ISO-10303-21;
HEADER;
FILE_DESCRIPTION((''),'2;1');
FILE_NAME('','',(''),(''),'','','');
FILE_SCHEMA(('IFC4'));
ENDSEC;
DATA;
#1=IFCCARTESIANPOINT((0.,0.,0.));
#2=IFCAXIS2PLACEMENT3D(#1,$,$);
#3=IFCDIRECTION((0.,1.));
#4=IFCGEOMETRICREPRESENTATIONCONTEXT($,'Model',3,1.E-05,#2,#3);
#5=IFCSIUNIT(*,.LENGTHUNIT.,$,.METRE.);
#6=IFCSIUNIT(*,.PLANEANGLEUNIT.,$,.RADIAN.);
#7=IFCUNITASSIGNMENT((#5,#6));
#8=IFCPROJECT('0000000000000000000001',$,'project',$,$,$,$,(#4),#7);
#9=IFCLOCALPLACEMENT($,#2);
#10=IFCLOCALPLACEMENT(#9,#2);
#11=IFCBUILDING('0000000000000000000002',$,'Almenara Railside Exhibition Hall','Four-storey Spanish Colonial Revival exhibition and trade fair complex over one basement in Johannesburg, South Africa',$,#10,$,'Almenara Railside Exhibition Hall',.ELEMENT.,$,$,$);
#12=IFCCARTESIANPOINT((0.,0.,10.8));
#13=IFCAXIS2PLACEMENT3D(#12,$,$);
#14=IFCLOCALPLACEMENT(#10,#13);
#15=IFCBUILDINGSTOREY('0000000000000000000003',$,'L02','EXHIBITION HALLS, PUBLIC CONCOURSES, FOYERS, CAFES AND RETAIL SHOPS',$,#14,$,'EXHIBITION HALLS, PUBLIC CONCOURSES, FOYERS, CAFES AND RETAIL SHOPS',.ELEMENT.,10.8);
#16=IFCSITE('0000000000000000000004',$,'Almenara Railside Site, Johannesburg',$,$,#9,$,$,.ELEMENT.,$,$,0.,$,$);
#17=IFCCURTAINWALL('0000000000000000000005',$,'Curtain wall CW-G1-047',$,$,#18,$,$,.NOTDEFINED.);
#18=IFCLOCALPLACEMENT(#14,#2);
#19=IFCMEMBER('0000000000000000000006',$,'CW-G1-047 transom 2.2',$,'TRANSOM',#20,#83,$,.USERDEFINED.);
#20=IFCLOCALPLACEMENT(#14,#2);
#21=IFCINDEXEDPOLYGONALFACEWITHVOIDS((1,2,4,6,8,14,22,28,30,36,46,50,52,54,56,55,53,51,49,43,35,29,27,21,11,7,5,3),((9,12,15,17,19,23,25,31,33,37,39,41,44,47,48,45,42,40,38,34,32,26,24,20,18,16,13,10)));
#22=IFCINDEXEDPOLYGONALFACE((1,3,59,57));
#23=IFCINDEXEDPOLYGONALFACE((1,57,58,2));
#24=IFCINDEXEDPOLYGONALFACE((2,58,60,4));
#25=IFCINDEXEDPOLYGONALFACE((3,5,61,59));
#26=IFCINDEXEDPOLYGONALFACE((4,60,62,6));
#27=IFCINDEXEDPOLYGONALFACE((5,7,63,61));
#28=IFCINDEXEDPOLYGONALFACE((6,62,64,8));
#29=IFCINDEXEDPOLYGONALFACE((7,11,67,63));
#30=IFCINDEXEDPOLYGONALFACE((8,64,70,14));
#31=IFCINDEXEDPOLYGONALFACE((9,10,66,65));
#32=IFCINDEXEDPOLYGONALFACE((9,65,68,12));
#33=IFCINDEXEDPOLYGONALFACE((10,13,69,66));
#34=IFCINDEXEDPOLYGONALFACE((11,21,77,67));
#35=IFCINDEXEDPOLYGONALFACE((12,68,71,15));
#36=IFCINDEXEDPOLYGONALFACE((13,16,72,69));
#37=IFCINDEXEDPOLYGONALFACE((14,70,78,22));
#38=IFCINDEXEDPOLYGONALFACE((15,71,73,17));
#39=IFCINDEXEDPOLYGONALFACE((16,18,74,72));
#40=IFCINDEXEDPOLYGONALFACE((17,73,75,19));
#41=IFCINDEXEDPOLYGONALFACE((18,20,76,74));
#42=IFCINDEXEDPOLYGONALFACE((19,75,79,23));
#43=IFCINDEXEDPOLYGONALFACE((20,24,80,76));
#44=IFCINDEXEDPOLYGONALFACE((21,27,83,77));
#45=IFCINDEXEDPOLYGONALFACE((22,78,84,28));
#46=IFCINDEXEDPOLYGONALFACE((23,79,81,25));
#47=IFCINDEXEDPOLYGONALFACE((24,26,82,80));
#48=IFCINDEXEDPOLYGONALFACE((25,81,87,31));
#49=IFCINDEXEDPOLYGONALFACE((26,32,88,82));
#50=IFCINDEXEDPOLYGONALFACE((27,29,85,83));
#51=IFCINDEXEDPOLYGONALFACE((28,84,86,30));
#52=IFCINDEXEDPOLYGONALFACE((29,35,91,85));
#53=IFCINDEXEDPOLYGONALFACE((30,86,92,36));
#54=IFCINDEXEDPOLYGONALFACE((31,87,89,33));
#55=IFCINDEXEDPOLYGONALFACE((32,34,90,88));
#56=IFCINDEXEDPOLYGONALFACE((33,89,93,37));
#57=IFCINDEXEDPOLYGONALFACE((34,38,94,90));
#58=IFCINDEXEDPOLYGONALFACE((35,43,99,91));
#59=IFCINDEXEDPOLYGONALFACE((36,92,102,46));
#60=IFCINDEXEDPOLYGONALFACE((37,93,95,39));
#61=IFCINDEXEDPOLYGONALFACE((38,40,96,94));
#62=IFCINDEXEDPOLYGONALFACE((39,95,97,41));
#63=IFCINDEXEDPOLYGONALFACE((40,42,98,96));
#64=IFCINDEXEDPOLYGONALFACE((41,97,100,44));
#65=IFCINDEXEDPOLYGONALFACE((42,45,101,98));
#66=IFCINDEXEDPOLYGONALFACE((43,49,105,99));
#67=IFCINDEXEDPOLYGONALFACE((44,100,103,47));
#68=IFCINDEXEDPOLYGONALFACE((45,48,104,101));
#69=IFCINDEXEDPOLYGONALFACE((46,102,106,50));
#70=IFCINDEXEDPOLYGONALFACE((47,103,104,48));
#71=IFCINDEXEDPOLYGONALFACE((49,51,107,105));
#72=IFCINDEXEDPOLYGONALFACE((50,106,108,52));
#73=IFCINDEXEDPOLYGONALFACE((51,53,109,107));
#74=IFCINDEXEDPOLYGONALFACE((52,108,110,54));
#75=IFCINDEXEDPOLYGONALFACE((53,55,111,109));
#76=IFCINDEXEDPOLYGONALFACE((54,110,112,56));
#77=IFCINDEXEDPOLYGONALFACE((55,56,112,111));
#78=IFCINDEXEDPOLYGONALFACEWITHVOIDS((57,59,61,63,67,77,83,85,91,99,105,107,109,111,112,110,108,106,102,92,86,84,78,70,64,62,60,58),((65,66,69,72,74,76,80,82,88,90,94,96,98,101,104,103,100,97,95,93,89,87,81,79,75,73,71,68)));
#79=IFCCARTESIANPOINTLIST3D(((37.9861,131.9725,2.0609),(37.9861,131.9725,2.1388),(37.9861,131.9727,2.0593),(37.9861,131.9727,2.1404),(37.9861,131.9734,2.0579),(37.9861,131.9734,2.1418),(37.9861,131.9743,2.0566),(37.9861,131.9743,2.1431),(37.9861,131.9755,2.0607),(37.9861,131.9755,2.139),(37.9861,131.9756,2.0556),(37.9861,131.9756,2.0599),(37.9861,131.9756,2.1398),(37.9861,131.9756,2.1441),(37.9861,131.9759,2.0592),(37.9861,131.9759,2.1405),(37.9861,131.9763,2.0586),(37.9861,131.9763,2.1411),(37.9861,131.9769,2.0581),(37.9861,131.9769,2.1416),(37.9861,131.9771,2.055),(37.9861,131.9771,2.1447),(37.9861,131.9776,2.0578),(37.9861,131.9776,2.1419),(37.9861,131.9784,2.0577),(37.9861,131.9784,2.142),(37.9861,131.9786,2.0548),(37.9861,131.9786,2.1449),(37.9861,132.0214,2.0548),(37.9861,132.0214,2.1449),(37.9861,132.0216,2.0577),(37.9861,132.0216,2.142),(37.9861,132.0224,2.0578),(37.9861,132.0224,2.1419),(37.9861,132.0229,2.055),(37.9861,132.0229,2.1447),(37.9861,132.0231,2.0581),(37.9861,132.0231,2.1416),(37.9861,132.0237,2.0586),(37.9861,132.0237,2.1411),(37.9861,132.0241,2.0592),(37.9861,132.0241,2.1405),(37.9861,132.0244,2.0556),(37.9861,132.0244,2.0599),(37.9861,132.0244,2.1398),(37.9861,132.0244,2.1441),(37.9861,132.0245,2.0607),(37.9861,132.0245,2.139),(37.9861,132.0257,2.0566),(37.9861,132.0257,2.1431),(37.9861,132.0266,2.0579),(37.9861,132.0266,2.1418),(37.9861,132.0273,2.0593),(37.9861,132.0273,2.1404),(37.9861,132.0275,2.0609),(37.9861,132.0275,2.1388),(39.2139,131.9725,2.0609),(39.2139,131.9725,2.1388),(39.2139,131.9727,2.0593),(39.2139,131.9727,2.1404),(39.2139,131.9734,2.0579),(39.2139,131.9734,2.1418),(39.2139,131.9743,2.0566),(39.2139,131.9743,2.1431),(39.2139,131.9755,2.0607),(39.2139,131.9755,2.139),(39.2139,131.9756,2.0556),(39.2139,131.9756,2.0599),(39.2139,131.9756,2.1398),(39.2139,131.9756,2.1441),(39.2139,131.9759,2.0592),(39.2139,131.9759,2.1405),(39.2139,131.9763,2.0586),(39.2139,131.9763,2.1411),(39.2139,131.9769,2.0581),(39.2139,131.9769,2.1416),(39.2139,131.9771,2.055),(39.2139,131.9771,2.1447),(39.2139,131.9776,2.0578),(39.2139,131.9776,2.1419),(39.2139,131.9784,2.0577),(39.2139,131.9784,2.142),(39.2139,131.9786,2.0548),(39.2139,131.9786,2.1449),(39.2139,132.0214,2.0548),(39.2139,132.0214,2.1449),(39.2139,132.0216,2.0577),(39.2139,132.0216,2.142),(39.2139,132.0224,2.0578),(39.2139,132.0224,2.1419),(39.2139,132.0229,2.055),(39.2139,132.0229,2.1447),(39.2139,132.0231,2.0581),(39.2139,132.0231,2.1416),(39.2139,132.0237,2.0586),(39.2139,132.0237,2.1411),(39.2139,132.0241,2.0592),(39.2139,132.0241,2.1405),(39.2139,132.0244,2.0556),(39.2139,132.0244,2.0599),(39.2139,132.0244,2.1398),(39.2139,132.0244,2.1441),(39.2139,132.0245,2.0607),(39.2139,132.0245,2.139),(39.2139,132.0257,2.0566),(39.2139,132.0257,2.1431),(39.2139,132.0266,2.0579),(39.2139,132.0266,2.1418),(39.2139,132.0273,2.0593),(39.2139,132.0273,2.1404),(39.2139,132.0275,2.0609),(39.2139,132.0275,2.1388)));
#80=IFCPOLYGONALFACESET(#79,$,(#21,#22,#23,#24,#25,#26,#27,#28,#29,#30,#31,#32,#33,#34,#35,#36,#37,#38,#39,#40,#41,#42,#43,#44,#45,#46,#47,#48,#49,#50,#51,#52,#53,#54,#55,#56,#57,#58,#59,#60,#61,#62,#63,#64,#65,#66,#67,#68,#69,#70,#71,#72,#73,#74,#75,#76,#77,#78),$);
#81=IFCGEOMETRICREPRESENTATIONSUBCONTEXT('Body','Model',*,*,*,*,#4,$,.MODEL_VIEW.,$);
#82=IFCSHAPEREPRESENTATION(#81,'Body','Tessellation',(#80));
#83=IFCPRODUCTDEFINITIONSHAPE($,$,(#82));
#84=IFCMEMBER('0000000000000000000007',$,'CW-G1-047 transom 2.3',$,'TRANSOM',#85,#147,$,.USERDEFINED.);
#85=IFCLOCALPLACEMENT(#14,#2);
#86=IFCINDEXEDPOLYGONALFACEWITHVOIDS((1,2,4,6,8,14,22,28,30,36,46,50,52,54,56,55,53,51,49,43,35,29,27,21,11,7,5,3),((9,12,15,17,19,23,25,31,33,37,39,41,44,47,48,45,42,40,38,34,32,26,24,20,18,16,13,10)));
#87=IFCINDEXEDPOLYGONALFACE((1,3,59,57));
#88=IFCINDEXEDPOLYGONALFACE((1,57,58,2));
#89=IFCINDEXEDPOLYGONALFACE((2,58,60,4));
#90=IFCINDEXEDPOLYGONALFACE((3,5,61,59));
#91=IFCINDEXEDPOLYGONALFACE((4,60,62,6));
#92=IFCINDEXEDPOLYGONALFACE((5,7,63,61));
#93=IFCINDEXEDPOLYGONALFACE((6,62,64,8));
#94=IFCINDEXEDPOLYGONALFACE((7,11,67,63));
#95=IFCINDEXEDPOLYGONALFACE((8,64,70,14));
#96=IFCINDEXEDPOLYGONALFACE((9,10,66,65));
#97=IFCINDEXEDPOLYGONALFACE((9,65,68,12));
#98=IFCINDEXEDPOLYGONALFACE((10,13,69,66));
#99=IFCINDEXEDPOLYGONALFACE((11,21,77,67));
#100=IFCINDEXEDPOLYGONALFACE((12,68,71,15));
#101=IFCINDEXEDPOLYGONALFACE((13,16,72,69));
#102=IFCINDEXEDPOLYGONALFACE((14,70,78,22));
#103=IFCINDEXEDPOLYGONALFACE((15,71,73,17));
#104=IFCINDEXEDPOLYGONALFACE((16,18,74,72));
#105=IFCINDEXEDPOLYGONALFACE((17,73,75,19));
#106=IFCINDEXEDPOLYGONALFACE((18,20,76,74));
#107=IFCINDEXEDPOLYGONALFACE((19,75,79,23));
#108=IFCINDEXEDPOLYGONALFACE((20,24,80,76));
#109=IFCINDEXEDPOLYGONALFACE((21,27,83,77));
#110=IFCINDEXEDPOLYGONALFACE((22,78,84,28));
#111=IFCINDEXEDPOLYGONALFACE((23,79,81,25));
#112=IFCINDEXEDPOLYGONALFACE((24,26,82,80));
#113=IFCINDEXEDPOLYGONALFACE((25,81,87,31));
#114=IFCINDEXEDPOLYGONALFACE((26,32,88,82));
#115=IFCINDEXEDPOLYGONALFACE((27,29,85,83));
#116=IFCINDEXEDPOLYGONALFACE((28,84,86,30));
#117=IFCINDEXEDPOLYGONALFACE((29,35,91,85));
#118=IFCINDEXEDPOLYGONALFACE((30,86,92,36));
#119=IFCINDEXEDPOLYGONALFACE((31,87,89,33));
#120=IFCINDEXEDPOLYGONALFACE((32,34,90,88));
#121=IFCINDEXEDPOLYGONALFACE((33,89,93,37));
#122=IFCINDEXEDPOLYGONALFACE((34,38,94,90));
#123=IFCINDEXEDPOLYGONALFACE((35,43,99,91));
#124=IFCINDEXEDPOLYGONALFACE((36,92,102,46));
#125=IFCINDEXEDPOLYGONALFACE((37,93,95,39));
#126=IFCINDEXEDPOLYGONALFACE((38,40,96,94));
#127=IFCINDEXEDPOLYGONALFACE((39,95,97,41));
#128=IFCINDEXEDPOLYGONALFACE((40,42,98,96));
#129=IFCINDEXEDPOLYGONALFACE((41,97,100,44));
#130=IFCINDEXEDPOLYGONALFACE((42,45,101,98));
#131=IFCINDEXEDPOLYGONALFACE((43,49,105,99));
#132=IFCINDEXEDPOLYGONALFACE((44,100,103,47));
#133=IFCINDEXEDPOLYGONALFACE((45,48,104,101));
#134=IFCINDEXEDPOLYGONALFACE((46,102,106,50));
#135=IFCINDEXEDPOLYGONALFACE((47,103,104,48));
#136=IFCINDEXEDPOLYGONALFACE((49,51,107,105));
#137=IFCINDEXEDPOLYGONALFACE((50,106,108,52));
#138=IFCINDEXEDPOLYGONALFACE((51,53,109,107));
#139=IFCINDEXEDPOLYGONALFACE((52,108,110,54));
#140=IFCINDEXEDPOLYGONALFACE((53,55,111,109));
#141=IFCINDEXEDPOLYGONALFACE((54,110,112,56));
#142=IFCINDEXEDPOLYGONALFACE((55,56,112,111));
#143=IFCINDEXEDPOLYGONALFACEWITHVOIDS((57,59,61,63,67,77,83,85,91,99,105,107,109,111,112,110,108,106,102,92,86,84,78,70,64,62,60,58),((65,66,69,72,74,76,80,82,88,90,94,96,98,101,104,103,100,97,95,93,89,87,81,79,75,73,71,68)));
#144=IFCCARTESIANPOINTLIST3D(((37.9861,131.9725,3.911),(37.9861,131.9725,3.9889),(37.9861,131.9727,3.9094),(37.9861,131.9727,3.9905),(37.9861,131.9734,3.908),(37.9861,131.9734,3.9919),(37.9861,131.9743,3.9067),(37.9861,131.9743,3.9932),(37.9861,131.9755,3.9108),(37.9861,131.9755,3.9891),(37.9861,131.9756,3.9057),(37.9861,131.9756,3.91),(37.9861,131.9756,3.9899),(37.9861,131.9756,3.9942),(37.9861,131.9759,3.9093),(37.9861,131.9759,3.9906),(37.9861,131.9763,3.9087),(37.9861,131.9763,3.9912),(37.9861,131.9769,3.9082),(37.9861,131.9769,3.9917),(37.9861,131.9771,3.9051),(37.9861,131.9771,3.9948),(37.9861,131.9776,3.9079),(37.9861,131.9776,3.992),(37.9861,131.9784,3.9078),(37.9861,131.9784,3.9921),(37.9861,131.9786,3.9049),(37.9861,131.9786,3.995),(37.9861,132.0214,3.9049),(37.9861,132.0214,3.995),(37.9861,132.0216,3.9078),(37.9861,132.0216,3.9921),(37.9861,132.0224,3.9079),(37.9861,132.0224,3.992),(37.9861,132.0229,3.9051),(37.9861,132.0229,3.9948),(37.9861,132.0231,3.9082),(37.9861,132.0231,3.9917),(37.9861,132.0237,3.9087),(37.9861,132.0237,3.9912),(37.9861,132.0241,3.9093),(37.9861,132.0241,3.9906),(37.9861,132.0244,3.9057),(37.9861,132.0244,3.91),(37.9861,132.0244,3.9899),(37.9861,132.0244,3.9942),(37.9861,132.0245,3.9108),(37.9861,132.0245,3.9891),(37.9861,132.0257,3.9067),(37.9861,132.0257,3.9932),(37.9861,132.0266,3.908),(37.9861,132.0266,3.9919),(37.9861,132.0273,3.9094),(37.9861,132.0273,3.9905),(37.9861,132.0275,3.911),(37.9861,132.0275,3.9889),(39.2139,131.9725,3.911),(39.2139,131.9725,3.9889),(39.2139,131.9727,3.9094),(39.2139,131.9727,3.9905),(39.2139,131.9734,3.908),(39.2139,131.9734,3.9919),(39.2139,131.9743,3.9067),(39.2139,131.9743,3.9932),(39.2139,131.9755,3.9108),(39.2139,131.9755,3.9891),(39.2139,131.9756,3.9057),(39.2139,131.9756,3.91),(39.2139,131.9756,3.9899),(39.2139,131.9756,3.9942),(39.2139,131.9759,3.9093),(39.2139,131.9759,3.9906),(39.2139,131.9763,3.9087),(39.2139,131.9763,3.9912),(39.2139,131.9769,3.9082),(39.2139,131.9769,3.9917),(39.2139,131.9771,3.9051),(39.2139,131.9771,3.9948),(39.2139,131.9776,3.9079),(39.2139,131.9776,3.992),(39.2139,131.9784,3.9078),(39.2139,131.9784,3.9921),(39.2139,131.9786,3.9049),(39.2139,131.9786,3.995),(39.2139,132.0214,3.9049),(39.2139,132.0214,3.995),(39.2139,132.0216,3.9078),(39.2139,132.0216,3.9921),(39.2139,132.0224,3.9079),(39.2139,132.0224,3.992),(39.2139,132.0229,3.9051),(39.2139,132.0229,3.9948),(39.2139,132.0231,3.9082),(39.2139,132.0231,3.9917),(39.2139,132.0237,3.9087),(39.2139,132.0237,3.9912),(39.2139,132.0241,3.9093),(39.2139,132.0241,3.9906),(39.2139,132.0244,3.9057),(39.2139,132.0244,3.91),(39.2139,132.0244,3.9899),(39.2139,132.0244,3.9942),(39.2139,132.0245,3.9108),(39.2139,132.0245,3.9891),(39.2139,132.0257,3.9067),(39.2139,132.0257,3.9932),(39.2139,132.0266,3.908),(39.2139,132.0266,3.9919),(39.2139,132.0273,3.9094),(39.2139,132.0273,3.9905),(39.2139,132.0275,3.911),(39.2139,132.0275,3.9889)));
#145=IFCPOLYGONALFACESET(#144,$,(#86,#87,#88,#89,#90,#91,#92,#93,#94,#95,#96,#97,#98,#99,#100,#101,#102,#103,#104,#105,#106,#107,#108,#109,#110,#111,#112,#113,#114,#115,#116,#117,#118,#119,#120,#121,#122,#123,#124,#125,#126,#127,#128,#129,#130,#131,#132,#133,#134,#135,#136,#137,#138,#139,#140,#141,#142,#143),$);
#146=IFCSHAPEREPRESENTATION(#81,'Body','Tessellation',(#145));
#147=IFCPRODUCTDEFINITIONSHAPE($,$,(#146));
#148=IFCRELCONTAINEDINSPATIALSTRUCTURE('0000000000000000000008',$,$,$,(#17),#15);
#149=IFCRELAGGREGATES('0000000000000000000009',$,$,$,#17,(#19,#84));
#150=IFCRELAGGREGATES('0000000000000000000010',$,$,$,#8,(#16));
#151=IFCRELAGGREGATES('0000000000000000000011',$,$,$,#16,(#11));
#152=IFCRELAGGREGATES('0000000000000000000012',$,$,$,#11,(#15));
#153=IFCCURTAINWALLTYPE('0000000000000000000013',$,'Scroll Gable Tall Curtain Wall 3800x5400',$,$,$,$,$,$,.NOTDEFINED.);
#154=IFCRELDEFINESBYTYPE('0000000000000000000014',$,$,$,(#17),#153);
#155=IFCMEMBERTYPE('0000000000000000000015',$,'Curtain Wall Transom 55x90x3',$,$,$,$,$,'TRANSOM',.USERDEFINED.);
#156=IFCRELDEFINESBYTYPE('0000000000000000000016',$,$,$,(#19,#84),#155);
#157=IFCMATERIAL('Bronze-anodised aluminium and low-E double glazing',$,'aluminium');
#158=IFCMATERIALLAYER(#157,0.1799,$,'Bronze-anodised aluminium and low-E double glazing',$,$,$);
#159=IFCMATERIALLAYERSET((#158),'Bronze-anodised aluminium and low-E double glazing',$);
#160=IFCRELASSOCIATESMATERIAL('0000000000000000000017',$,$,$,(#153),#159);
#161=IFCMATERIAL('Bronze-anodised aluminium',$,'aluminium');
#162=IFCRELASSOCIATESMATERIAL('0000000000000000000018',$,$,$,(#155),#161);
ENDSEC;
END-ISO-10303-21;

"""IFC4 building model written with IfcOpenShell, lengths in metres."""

from ifc_helpers import new_model, si_unit, direction, frame, origin, origin_2d, place, context, subcontext, project, spatial, hollow_rectangle, extrude, material, layer, layer_set, material_profile, profile_set, type_object, element, aggregate, save


model = new_model("IFC4")

# Units and contexts
model_context = context("Model", 3, precision=1e-05, world=origin(), true_north=direction((0.0, 1.0)))
body_context = subcontext(model_context, "Body", "Model", "MODEL_VIEW")
ifc_project = project(units=[si_unit("LENGTHUNIT", "METRE"), si_unit("PLANEANGLEUNIT", "RADIAN")], contexts=[model_context])

# Site, building, storey
site_placement = place(None, origin())
site = spatial("IfcSite", under=ifc_project, at=site_placement, Name="Almenara Railside Site, Johannesburg", CompositionType="ELEMENT", RefElevation=0.0)
building_placement = place(site_placement, origin())
building = spatial("IfcBuilding", under=site, at=building_placement, Name="Almenara Railside Exhibition Hall", Description="Four-storey Spanish Colonial Revival exhibition and trade fair complex over one basement in Johannesburg, South Africa", LongName="Almenara Railside Exhibition Hall", CompositionType="ELEMENT")
storey_placement = place(building_placement, frame((0.0, 0.0, 10.8)))
storey = spatial("IfcBuildingStorey", under=building, at=storey_placement, Name="L02", Description="EXHIBITION HALLS, PUBLIC CONCOURSES, FOYERS, CAFES AND RETAIL SHOPS", LongName="EXHIBITION HALLS, PUBLIC CONCOURSES, FOYERS, CAFES AND RETAIL SHOPS", CompositionType="ELEMENT", Elevation=10.8)

# Curtain wall
ifc_material_1 = material(Name="Bronze-anodised aluminium and low-E double glazing", Category="aluminium")
ifc_layer_1 = layer(ifc_material_1, 0.1799, Name="Bronze-anodised aluminium and low-E double glazing")
ifc_layer_set_1 = layer_set([ifc_layer_1], Name="Bronze-anodised aluminium and low-E double glazing")
curtain_wall_type = type_object("IfcCurtainWallType", Name="Scroll Gable Tall Curtain Wall 3800x5400", PredefinedType="NOTDEFINED", material=ifc_layer_set_1)
curtain_wall_1_placement = place(storey_placement, origin())
curtain_wall_1 = element("IfcCurtainWall", 1, at=curtain_wall_1_placement, inside=storey, type_object=curtain_wall_type, Name="Curtain wall CW-G1-047", PredefinedType="NOTDEFINED")
ifc_material_2 = material(Name="Bronze-anodised aluminium", Category="aluminium")

# Members
ifc_material_profile_1 = material_profile(ifc_material_2, hollow_rectangle(XDim=0.0549, YDim=0.0901, WallThickness=0.0029, InnerFilletRadius=0.0029, OuterFilletRadius=0.0061, at=origin_2d()), Name="ALU-TRN 55x90x3")
ifc_profile_set_1 = profile_set([ifc_material_profile_1], Name="Bronze-anodised aluminium")
member_type_1 = type_object("IfcMemberType", Name="Curtain Wall Transom 55x90x3", ElementType="TRANSOM", PredefinedType="USERDEFINED", material=ifc_profile_set_1)
member_1_placement = place(storey_placement, frame((37.9861, 132.0, 2.0999), z_axis=(1.0, 0.0, 0.0), x_axis=(0.0, 1.0, 0.0)))
member_1 = element("IfcMember", 2, at=member_1_placement, type_object=member_type_1, Name="CW-G1-047 transom 2.2", ObjectType="TRANSOM", PredefinedType="USERDEFINED", context=body_context, shape_type="SweptSolid", body=[
    extrude(hollow_rectangle(XDim=0.0549, YDim=0.0901, WallThickness=0.0029, InnerFilletRadius=0.0029, OuterFilletRadius=0.0061, at=origin_2d()), origin(), (0.0, 0.0, 1.0), 1.2278),
])
member_2_placement = place(storey_placement, frame((37.9861, 132.0, 3.95), z_axis=(1.0, 0.0, 0.0), x_axis=(0.0, 1.0, 0.0)))
member_2 = element("IfcMember", 3, at=member_2_placement, type_object=member_type_1, Name="CW-G1-047 transom 2.3", ObjectType="TRANSOM", PredefinedType="USERDEFINED", context=body_context, shape_type="SweptSolid", body=[
    extrude(hollow_rectangle(XDim=0.0549, YDim=0.0901, WallThickness=0.0029, InnerFilletRadius=0.0029, OuterFilletRadius=0.0061, at=origin_2d()), origin(), (0.0, 0.0, 1.0), 1.2278),
])

aggregate(curtain_wall_1, [member_1, member_2])

save(model, "model.ifc")
